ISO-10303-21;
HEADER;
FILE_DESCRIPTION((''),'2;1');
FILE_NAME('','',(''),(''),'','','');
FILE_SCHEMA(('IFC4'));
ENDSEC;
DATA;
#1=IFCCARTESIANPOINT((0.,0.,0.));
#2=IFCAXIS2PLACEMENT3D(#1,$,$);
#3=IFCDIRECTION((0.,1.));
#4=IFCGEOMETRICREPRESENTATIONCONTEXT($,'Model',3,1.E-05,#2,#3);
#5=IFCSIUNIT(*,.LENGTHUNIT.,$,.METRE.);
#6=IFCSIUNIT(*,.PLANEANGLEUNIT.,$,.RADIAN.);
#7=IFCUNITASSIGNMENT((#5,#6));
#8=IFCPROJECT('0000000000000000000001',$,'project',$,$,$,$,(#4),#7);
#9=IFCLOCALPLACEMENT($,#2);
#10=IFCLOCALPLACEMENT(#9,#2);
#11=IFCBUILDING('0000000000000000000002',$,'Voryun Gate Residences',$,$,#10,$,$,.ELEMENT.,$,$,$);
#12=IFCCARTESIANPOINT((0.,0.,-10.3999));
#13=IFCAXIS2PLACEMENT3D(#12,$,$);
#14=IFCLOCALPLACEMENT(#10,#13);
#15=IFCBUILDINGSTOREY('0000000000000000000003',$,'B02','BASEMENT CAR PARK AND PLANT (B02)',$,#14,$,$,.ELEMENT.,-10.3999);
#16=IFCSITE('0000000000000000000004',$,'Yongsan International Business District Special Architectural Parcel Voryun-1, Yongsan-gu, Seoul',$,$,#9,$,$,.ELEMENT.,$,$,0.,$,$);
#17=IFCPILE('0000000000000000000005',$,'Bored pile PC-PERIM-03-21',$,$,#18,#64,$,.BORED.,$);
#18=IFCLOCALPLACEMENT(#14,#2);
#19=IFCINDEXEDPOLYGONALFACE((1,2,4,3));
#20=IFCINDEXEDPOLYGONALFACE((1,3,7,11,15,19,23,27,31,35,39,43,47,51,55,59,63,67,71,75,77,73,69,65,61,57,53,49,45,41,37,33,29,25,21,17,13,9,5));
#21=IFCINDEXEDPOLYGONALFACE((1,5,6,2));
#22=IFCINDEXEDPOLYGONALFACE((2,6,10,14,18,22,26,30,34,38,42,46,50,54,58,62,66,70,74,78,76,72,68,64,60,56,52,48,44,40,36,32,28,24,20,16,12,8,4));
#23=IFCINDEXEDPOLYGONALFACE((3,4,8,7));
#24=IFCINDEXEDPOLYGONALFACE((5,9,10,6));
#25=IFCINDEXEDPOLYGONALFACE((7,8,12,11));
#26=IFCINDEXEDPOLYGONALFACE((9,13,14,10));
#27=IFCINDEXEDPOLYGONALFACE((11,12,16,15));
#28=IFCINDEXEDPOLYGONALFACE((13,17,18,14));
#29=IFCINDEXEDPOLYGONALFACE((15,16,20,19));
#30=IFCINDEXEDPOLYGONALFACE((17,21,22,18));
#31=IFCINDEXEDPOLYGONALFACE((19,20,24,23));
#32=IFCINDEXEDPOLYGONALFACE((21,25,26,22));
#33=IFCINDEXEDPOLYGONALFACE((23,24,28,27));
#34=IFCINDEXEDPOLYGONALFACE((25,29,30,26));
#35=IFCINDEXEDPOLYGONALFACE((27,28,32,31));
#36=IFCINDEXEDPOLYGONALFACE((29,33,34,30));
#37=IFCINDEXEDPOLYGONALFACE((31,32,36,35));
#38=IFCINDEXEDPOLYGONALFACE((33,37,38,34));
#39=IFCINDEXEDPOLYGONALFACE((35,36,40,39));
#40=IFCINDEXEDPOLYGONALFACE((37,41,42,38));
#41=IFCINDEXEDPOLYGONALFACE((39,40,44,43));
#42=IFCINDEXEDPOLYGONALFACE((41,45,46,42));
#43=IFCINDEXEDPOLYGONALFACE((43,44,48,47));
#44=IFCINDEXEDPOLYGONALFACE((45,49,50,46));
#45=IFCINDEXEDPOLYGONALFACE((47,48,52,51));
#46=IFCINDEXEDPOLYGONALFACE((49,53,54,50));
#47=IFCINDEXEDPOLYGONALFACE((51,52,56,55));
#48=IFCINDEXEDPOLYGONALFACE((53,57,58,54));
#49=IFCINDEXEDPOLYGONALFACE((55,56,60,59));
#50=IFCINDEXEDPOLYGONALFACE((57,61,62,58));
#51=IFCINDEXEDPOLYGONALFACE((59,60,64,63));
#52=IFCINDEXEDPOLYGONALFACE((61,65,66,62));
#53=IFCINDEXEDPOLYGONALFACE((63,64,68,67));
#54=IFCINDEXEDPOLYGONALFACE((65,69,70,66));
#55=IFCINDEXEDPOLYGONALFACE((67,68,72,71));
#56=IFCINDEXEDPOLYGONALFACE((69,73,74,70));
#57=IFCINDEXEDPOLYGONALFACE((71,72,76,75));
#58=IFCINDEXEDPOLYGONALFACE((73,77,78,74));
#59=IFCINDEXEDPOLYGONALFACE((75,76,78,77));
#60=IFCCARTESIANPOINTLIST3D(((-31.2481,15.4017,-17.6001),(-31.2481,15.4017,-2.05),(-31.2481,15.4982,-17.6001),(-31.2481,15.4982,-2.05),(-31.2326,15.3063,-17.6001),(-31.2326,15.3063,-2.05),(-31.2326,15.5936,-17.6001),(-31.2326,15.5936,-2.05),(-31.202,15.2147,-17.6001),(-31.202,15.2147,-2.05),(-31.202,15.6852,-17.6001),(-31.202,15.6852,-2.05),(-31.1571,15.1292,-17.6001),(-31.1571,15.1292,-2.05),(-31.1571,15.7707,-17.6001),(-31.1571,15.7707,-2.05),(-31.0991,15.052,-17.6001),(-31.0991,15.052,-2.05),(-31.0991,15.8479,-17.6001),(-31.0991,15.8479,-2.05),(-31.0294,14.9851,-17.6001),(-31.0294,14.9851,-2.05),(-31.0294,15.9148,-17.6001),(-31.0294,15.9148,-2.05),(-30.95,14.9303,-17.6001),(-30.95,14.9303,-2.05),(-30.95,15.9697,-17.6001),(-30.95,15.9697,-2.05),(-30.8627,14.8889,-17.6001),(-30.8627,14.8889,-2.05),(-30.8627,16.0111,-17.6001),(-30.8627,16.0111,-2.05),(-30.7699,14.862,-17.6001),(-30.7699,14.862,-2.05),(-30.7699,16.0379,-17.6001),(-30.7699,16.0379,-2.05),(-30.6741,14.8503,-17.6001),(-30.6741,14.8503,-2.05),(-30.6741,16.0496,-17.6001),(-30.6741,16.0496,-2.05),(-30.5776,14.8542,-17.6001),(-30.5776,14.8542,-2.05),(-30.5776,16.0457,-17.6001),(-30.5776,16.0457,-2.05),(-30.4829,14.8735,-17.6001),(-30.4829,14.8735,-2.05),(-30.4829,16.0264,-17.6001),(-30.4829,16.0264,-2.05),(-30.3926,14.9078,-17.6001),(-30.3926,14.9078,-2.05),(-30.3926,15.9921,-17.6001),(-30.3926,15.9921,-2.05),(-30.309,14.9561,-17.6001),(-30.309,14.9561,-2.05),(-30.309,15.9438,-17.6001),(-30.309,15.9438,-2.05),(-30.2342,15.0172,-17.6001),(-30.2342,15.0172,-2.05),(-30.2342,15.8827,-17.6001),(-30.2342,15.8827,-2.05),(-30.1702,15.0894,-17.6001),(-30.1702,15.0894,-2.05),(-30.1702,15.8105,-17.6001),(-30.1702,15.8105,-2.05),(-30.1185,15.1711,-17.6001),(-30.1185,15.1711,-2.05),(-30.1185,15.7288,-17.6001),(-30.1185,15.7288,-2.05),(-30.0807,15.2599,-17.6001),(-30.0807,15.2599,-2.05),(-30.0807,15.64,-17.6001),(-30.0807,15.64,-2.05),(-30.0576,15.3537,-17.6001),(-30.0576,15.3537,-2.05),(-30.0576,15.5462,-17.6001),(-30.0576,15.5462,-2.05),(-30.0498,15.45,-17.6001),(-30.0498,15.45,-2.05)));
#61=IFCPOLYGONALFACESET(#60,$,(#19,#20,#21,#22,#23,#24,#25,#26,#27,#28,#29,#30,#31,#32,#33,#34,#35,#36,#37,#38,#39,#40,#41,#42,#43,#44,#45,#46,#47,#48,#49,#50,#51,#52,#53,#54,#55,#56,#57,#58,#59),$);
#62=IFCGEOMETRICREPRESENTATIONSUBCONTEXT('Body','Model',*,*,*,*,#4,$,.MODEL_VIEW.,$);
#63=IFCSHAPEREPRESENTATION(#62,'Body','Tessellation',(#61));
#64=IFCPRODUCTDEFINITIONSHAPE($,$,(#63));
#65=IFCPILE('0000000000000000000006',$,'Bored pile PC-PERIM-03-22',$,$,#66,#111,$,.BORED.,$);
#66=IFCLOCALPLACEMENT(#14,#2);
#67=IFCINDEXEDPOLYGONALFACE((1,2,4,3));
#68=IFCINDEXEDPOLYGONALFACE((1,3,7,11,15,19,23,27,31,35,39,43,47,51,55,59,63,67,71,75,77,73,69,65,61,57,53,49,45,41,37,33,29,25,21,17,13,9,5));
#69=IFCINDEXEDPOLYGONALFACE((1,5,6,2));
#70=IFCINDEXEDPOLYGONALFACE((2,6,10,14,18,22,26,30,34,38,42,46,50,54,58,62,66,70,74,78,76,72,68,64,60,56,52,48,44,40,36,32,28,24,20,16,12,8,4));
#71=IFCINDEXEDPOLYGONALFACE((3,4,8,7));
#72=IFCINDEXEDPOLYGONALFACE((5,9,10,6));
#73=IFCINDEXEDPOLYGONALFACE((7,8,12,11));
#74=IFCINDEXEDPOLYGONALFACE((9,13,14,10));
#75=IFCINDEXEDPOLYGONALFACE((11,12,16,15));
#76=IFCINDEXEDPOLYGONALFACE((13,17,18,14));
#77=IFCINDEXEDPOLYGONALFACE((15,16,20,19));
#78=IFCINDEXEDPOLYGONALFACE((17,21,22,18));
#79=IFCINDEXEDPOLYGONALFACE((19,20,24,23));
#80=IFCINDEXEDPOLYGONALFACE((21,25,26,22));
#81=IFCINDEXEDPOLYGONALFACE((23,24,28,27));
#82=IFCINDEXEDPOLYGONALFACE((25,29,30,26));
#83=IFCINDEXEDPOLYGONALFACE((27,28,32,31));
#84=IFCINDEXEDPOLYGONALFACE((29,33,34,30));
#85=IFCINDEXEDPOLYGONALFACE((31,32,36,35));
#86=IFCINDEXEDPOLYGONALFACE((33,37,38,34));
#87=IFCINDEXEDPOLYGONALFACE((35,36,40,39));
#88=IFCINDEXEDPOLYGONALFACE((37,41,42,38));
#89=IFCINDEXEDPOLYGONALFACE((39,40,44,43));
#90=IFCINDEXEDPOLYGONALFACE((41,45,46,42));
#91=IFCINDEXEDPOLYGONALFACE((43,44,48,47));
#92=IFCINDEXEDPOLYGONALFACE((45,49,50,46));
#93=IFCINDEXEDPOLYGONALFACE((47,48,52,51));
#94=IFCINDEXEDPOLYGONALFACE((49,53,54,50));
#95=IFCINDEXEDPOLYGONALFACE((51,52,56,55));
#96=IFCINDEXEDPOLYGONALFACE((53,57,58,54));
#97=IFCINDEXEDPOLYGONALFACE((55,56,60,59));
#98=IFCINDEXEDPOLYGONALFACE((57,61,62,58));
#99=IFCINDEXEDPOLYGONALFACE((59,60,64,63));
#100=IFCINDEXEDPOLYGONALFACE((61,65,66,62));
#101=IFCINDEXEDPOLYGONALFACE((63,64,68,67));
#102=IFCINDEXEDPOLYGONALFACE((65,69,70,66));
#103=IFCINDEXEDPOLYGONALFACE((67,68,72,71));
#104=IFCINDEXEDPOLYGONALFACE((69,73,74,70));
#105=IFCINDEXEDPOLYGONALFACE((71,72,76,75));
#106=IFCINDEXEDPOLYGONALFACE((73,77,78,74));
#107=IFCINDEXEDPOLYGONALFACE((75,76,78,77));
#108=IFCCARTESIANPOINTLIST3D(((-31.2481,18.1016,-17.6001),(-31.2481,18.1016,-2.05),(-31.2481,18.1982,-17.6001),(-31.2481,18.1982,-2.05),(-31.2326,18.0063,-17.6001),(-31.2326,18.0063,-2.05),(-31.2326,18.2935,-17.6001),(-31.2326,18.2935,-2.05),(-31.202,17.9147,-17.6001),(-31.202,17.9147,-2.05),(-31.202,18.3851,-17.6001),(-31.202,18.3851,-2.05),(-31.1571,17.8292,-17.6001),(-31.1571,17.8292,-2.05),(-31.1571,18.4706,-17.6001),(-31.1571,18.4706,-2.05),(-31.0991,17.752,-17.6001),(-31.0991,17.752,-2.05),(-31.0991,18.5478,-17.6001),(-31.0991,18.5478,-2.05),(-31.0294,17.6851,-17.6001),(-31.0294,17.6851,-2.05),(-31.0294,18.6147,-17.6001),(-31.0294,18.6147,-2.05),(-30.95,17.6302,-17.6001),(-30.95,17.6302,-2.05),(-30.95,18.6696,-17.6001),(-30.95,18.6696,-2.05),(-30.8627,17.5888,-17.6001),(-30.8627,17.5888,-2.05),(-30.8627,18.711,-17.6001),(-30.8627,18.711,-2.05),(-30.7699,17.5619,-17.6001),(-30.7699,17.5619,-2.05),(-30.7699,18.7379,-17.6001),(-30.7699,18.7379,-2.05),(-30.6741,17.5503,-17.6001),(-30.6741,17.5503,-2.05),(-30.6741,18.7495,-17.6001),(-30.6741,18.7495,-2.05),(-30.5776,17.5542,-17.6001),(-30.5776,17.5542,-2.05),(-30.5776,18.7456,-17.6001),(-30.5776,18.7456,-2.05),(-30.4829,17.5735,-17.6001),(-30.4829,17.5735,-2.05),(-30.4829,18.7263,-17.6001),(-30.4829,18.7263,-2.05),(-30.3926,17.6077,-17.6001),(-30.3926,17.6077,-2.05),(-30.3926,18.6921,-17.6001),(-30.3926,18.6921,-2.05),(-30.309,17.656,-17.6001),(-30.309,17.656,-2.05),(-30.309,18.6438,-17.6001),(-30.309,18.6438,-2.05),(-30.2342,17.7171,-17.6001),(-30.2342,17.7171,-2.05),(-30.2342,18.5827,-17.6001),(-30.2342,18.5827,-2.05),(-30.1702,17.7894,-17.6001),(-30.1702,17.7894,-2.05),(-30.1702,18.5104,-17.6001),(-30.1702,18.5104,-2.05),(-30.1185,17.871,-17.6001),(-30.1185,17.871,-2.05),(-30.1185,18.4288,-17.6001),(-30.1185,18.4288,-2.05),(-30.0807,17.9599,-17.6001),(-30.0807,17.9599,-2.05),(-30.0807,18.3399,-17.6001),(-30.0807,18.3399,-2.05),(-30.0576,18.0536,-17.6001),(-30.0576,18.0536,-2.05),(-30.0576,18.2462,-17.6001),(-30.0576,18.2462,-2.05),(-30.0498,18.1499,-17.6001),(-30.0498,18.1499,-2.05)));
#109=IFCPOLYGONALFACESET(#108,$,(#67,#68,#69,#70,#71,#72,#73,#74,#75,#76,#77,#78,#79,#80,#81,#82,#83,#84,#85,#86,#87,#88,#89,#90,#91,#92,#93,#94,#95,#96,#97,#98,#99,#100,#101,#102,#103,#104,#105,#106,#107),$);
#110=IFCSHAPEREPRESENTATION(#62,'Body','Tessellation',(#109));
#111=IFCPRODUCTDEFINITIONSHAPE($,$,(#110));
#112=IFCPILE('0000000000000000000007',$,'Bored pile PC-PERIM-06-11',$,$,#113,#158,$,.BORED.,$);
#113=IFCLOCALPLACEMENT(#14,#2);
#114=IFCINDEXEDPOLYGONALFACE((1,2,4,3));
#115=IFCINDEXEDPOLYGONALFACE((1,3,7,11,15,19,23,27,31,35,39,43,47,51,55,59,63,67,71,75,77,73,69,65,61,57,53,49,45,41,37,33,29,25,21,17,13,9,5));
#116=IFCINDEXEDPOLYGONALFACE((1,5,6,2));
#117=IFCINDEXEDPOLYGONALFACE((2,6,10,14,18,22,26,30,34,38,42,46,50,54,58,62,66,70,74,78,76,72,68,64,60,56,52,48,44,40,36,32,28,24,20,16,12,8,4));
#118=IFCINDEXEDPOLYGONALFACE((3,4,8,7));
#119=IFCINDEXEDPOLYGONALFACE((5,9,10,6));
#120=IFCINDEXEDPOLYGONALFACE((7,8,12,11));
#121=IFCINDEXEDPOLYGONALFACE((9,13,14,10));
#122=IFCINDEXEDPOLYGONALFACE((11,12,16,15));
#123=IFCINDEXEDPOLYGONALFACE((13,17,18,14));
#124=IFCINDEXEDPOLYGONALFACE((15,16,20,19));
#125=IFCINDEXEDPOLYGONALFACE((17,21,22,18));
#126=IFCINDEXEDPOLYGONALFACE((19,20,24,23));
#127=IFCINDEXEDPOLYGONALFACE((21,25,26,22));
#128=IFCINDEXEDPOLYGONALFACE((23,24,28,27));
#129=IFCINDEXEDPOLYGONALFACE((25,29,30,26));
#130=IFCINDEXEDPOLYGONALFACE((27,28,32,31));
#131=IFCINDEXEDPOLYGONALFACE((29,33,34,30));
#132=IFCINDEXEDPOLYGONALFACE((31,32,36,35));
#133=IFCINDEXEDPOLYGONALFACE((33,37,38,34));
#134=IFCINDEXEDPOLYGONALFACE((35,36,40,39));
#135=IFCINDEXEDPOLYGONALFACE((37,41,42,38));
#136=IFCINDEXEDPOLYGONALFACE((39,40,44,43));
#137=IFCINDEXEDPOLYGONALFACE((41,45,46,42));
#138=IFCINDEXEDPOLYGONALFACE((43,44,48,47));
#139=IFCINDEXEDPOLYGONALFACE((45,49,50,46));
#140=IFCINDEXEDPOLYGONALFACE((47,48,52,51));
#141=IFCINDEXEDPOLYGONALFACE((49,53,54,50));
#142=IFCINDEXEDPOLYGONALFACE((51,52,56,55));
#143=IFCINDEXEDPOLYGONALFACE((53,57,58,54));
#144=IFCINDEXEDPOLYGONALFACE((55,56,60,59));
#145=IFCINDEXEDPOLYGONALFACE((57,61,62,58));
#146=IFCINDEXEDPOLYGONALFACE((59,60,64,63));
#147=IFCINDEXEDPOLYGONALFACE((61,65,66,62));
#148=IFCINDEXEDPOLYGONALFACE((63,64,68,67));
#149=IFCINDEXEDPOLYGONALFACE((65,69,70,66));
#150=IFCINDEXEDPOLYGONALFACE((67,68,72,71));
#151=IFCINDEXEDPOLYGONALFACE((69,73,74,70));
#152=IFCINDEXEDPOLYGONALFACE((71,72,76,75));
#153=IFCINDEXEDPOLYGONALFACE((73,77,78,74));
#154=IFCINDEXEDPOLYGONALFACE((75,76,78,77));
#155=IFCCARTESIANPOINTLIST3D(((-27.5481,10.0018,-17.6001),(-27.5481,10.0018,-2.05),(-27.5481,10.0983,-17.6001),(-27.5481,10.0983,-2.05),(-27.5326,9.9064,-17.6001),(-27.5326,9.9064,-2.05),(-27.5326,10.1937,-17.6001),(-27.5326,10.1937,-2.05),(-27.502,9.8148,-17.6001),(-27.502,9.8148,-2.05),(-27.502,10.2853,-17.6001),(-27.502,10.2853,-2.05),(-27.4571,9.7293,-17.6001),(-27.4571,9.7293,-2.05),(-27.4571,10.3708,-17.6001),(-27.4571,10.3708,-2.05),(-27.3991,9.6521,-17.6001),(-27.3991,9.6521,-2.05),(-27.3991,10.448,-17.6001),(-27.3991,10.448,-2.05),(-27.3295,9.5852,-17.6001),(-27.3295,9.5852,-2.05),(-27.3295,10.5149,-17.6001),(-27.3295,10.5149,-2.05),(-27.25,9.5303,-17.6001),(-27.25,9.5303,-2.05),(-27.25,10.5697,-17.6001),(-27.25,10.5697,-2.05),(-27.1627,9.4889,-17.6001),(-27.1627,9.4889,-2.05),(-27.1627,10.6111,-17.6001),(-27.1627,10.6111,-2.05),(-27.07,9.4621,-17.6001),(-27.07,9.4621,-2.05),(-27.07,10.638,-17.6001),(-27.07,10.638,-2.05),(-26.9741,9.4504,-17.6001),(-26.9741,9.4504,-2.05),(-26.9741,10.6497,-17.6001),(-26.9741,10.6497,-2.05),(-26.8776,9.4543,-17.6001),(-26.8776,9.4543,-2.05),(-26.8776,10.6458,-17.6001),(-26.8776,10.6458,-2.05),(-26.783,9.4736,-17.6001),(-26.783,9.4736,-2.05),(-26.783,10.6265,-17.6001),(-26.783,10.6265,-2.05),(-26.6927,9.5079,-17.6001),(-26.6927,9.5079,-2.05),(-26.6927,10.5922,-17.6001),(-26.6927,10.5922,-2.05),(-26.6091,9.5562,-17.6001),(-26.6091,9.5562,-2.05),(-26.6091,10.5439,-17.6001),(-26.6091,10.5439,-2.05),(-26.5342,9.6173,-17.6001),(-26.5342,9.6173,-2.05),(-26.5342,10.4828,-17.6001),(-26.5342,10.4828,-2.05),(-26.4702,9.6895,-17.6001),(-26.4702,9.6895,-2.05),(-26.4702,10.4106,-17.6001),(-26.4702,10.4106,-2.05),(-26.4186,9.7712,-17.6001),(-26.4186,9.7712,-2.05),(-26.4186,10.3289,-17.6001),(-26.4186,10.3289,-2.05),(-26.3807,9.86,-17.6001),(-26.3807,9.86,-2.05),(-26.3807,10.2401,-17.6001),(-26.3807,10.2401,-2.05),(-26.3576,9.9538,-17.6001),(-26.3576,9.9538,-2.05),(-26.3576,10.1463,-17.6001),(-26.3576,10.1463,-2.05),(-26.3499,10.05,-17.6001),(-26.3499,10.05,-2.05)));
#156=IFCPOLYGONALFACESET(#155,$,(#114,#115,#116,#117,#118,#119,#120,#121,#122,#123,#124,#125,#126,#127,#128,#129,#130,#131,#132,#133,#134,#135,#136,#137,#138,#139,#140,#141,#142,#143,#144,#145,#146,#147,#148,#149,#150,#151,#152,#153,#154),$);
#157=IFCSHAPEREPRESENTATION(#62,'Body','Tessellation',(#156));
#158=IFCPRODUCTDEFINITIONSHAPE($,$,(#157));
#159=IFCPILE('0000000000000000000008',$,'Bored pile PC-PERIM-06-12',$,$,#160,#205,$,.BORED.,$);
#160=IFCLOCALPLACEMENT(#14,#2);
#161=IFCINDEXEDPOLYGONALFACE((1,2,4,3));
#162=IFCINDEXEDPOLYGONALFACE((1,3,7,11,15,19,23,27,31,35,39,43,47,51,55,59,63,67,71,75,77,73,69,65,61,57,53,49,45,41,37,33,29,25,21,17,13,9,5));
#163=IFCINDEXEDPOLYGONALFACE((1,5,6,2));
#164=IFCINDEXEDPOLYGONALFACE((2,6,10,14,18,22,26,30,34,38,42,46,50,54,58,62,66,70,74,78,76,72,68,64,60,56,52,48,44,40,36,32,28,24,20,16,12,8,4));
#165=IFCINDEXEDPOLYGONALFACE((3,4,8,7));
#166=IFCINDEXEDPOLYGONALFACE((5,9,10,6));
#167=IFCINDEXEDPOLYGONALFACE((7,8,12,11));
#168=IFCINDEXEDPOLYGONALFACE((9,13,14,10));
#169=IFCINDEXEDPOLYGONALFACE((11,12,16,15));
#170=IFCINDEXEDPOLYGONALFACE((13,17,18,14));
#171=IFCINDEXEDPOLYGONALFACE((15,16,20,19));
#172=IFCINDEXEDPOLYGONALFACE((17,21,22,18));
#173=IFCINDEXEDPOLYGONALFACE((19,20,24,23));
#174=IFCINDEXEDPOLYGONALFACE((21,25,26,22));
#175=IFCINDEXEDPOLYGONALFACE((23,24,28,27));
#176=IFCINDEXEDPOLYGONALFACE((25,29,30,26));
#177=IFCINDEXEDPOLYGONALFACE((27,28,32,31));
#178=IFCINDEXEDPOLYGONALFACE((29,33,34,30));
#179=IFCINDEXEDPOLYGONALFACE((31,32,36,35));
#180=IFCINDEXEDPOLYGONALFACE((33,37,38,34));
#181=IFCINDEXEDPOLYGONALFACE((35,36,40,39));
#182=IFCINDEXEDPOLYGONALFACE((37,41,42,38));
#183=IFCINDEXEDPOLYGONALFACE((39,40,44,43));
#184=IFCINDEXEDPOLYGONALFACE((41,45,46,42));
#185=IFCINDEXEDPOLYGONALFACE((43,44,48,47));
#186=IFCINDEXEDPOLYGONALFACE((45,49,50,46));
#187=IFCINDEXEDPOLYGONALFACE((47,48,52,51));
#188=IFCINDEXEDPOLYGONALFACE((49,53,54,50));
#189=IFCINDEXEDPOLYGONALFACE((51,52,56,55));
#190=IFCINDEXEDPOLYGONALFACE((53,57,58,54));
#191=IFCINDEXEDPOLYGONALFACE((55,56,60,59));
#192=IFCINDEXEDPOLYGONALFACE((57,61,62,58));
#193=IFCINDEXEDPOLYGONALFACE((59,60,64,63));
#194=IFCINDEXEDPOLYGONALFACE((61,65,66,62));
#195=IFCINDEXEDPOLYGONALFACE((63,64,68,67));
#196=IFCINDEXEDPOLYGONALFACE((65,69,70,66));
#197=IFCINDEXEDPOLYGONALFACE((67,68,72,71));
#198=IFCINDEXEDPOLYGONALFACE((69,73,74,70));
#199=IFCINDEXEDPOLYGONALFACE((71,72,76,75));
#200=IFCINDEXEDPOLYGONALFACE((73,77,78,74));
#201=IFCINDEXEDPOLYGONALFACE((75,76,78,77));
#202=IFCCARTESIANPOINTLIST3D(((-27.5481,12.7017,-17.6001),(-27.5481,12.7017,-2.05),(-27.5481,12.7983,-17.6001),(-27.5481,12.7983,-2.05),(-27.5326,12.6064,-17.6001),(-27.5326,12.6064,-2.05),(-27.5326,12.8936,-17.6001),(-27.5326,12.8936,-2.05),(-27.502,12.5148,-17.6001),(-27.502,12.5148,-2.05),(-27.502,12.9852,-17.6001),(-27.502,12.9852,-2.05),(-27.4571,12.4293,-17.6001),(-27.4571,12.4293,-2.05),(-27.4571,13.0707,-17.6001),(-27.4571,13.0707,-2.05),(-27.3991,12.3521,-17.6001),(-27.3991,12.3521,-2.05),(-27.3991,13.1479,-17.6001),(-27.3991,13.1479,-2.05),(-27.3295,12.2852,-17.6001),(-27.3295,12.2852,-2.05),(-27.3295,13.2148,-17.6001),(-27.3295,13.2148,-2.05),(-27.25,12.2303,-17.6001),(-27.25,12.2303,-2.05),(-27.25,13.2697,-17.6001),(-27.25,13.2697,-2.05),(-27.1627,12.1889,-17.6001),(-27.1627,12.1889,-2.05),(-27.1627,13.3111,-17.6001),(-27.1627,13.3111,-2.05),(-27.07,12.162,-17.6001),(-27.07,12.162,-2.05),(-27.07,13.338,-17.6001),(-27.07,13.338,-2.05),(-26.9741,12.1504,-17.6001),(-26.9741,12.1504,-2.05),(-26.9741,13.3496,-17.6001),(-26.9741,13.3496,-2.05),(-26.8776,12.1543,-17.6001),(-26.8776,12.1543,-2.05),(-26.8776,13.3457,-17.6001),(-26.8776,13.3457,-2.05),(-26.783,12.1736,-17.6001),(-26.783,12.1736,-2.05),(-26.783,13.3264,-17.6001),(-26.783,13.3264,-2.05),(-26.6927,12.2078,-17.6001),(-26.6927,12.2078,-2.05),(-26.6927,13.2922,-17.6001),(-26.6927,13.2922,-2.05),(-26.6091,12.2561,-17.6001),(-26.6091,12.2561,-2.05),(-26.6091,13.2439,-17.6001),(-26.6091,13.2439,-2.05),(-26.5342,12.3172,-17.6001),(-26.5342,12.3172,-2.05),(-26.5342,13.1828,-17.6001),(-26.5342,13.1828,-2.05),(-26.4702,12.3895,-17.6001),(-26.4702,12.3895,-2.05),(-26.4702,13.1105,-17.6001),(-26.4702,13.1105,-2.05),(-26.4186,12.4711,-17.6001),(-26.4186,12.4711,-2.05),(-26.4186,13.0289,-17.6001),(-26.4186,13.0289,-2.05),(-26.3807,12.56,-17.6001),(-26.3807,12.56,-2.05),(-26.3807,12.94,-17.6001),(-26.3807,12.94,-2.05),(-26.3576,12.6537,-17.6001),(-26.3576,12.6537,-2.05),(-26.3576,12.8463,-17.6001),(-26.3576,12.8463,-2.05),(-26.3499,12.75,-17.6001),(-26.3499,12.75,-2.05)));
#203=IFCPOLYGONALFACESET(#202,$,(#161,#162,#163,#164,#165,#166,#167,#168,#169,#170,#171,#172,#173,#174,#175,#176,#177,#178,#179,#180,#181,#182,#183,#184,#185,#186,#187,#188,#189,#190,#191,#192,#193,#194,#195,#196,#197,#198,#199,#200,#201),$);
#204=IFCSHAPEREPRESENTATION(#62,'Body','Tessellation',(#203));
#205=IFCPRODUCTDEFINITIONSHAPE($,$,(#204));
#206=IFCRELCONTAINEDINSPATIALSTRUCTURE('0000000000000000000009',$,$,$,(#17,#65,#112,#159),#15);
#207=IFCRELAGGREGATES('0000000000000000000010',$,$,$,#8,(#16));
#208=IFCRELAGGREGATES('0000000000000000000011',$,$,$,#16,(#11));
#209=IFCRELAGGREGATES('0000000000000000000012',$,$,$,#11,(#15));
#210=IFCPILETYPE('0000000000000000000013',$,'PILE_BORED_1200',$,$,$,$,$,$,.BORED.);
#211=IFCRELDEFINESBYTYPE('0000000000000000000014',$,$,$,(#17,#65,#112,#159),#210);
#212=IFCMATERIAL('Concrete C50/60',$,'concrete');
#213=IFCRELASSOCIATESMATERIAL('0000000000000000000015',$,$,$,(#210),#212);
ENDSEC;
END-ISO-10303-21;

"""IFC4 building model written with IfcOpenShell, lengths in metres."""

from ifc_helpers import new_model, si_unit, direction, frame, origin, origin_2d, place, context, subcontext, project, spatial, circle, extrude, material, material_profile, profile_set, type_object, element, save


model = new_model("IFC4")

# Units and contexts
model_context = context("Model", 3, precision=1e-05, world=origin(), true_north=direction((0.0, 1.0)))
body_context = subcontext(model_context, "Body", "Model", "MODEL_VIEW")
ifc_project = project(units=[si_unit("LENGTHUNIT", "METRE"), si_unit("PLANEANGLEUNIT", "RADIAN")], contexts=[model_context])

# Site, building, storey
site_placement = place(None, origin())
site = spatial("IfcSite", under=ifc_project, at=site_placement, Name="Yongsan International Business District Special Architectural Parcel Voryun-1, Yongsan-gu, Seoul", CompositionType="ELEMENT", RefElevation=0.0)
building_placement = place(site_placement, origin())
building = spatial("IfcBuilding", under=site, at=building_placement, Name="Voryun Gate Residences", CompositionType="ELEMENT")
storey_placement = place(building_placement, frame((0.0, 0.0, -10.3999)))
storey = spatial("IfcBuildingStorey", under=building, at=storey_placement, Name="B02", Description="BASEMENT CAR PARK AND PLANT (B02)", CompositionType="ELEMENT", Elevation=-10.3999)

# Piles
ifc_material_1 = material(Name="Concrete C50/60", Category="concrete")
ifc_material_profile_1 = material_profile(ifc_material_1, circle(Radius=0.6001, at=origin_2d()), Name="PILE-D1200")
ifc_profile_set_1 = profile_set([ifc_material_profile_1], Name="Concrete C50/60")
pile_type = type_object("IfcPileType", Name="PILE_BORED_1200", PredefinedType="BORED", material=ifc_profile_set_1)
for number, where, z_axis, x_axis, name in (
    (1, (-30.6499, 15.45, -2.05), (0.0, 0.0, -1.0), (1.0, 0.0, 0.0), "Bored pile PC-PERIM-03-21"),
    (2, (-30.6499, 18.1499, -2.05), (0.0, 0.0, -1.0), (1.0, 0.0, 0.0), "Bored pile PC-PERIM-03-22"),
    (3, (-26.95, 10.05, -2.05), (0.0, 0.0, -1.0), (1.0, 0.0, 0.0), "Bored pile PC-PERIM-06-11"),
    (4, (-26.95, 12.75, -2.05), (0.0, 0.0, -1.0), (1.0, 0.0, 0.0), "Bored pile PC-PERIM-06-12"),
):
    element("IfcPile", number, at=place(storey_placement, frame(where, z_axis=z_axis, x_axis=x_axis)), inside=storey, type_object=pile_type, Name=name, PredefinedType="BORED", context=body_context, shape_type="SweptSolid", body=[
        extrude(circle(Radius=0.6001, at=origin_2d()), origin(), (0.0, 0.0, 1.0), 15.55),
    ])

save(model, "model.ifc")
